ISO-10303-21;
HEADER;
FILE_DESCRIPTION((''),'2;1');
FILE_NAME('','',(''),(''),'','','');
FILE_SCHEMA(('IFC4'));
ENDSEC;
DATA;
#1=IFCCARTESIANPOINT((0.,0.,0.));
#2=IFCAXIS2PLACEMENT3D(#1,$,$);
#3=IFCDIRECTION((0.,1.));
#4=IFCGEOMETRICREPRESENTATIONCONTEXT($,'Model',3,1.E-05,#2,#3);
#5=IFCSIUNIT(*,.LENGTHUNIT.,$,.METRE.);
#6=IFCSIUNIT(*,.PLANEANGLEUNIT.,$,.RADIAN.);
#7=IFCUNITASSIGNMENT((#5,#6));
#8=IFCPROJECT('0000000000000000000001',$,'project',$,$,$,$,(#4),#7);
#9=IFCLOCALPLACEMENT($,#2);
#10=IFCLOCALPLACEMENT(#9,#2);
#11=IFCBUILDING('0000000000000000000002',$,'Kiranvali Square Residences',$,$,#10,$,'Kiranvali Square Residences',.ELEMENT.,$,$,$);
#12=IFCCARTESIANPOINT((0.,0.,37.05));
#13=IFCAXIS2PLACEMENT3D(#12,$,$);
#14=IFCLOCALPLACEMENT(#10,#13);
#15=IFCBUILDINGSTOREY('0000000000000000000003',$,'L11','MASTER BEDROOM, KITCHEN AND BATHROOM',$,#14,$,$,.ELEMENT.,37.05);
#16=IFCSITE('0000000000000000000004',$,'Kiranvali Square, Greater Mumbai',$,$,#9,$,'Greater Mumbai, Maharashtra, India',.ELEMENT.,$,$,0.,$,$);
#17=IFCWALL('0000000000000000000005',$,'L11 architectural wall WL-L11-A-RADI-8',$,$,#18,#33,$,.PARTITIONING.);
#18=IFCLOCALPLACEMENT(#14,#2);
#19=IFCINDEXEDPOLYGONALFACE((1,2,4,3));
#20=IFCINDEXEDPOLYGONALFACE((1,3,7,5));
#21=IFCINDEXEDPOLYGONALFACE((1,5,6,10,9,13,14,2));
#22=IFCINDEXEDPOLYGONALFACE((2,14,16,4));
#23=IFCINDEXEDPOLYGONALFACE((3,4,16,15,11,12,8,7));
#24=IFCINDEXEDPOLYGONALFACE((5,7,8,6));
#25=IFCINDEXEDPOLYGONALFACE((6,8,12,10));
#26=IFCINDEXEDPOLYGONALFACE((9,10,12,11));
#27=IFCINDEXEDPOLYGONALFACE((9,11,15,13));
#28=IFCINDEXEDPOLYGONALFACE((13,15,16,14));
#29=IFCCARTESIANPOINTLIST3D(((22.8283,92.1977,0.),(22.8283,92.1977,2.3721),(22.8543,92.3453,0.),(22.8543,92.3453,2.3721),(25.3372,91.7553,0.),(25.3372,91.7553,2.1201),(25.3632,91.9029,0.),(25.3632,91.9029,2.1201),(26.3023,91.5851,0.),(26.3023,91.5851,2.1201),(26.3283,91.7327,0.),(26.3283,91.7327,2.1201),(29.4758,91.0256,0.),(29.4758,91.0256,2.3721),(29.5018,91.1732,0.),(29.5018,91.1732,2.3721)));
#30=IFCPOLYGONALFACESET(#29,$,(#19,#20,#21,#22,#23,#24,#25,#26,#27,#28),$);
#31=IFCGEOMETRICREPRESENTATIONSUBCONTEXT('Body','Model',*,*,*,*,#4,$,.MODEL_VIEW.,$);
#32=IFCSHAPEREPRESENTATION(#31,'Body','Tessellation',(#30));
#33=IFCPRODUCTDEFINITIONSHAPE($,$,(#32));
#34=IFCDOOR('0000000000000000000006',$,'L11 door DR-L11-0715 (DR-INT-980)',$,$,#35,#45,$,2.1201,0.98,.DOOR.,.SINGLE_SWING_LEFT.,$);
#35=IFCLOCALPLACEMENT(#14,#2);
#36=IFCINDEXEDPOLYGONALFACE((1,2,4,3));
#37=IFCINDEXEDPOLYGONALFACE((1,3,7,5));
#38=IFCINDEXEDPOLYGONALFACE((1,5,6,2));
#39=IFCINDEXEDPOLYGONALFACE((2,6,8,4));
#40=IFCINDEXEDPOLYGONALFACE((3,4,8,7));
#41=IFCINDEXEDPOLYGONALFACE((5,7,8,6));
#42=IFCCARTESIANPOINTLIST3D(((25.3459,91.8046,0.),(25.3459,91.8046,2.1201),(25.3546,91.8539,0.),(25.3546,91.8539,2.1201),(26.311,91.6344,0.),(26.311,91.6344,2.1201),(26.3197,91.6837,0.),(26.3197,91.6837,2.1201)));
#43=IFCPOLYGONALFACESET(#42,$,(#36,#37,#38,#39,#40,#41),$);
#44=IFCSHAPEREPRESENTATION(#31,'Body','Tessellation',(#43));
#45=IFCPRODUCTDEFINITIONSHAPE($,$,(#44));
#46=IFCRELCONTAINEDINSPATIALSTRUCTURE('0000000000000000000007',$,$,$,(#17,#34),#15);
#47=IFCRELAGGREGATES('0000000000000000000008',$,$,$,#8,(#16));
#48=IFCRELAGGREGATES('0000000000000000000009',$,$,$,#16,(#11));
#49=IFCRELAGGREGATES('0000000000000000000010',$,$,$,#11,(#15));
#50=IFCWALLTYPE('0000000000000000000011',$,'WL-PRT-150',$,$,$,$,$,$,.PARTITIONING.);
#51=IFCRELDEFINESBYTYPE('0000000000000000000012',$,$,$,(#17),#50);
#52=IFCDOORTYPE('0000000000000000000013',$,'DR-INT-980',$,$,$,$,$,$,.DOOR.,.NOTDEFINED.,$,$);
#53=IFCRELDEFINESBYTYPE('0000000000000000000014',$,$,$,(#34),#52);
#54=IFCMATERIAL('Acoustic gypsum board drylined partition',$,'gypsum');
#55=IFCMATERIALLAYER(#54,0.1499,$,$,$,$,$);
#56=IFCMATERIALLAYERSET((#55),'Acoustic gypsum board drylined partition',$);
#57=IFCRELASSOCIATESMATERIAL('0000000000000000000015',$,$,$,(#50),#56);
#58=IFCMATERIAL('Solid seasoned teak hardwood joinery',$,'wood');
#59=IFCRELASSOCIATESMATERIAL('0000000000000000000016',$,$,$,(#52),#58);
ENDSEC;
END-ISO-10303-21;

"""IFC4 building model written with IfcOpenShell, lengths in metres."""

from ifc_helpers import new_model, si_unit, direction, frame, frame_2d, origin, place, context, subcontext, project, spatial, rectangle, extrude, material, layer, layer_set, type_object, element, fill, save


model = new_model("IFC4")

# Units and contexts
model_context = context("Model", 3, precision=1e-05, world=origin(), true_north=direction((0.0, 1.0)))
body_context = subcontext(model_context, "Body", "Model", "MODEL_VIEW")
ifc_project = project(units=[si_unit("LENGTHUNIT", "METRE"), si_unit("PLANEANGLEUNIT", "RADIAN")], contexts=[model_context])

# Site, building, storey
site_placement = place(None, origin())
site = spatial("IfcSite", under=ifc_project, at=site_placement, Name="Kiranvali Square, Greater Mumbai", LongName="Greater Mumbai, Maharashtra, India", CompositionType="ELEMENT", RefElevation=0.0)
building_placement = place(site_placement, origin())
building = spatial("IfcBuilding", under=site, at=building_placement, Name="Kiranvali Square Residences", LongName="Kiranvali Square Residences", CompositionType="ELEMENT")
storey_placement = place(building_placement, frame((0.0, 0.0, 37.05)))
storey = spatial("IfcBuildingStorey", under=building, at=storey_placement, Name="L11", Description="MASTER BEDROOM, KITCHEN AND BATHROOM", CompositionType="ELEMENT", Elevation=37.05)

# Wall, opening, door
ifc_material_1 = material(Name="Acoustic gypsum board drylined partition", Category="gypsum")
ifc_layer_1 = layer(ifc_material_1, 0.1499)
ifc_layer_set_1 = layer_set([ifc_layer_1], Name="Acoustic gypsum board drylined partition")
wall_type_1 = type_object("IfcWallType", Name="WL-PRT-150", PredefinedType="PARTITIONING", material=ifc_layer_set_1)
ifc_material_2 = material(Name="Solid seasoned teak hardwood joinery", Category="wood")
door_type_1 = type_object("IfcDoorType", Name="DR-INT-980", OperationType="NOTDEFINED", PredefinedType="DOOR", material=ifc_material_2)
wall_1_placement = place(storey_placement, frame((29.4888, 91.0994, 0.0), z_axis=(0.0, 0.0, 1.0), x_axis=(-0.984808, 0.173647, 0.0)))
wall_1 = element("IfcWall", 1, at=wall_1_placement, inside=storey, type_object=wall_type_1, Name="L11 architectural wall WL-L11-A-RADI-8", PredefinedType="PARTITIONING", context=body_context, shape_type="SweptSolid", body=[
    extrude(rectangle(XDim=6.75, YDim=0.1499, at=frame_2d((3.375, 0.0))), origin(), (0.0, 0.0, 1.0), 2.3721),
])
opening_1_placement = place(wall_1_placement, frame((3.2224, 0.0, 0.0)))
opening_1 = element("IfcOpeningElement", 2, at=opening_1_placement, cuts=wall_1, PredefinedType="OPENING", context=body_context, shape_type="SweptSolid", body=[
    extrude(rectangle(XDim=0.98, YDim=2.1201, at=frame_2d((0.49, 1.0601))), frame((0.0, 0.085, 0.0), z_axis=(0.0, -1.0, 0.0), x_axis=(1.0, 0.0, 0.0)), (0.0, 0.0, 1.0), 0.1699),
])
door_1_placement = place(opening_1_placement, origin())
door_1 = element("IfcDoor", 3, at=door_1_placement, inside=storey, type_object=door_type_1, Name="L11 door DR-L11-0715 (DR-INT-980)", OperationType="SINGLE_SWING_LEFT", OverallHeight=2.1201, OverallWidth=0.98, PredefinedType="DOOR", context=body_context, shape_type="SweptSolid", body=[
    extrude(rectangle(XDim=0.98, YDim=2.1201, at=frame_2d((0.49, 1.0601))), frame((0.0, 0.0249, 0.0), z_axis=(0.0, -1.0, 0.0), x_axis=(1.0, 0.0, 0.0)), (0.0, 0.0, 1.0), 0.05),
])
fill(opening_1, door_1)

save(model, "model.ifc")
